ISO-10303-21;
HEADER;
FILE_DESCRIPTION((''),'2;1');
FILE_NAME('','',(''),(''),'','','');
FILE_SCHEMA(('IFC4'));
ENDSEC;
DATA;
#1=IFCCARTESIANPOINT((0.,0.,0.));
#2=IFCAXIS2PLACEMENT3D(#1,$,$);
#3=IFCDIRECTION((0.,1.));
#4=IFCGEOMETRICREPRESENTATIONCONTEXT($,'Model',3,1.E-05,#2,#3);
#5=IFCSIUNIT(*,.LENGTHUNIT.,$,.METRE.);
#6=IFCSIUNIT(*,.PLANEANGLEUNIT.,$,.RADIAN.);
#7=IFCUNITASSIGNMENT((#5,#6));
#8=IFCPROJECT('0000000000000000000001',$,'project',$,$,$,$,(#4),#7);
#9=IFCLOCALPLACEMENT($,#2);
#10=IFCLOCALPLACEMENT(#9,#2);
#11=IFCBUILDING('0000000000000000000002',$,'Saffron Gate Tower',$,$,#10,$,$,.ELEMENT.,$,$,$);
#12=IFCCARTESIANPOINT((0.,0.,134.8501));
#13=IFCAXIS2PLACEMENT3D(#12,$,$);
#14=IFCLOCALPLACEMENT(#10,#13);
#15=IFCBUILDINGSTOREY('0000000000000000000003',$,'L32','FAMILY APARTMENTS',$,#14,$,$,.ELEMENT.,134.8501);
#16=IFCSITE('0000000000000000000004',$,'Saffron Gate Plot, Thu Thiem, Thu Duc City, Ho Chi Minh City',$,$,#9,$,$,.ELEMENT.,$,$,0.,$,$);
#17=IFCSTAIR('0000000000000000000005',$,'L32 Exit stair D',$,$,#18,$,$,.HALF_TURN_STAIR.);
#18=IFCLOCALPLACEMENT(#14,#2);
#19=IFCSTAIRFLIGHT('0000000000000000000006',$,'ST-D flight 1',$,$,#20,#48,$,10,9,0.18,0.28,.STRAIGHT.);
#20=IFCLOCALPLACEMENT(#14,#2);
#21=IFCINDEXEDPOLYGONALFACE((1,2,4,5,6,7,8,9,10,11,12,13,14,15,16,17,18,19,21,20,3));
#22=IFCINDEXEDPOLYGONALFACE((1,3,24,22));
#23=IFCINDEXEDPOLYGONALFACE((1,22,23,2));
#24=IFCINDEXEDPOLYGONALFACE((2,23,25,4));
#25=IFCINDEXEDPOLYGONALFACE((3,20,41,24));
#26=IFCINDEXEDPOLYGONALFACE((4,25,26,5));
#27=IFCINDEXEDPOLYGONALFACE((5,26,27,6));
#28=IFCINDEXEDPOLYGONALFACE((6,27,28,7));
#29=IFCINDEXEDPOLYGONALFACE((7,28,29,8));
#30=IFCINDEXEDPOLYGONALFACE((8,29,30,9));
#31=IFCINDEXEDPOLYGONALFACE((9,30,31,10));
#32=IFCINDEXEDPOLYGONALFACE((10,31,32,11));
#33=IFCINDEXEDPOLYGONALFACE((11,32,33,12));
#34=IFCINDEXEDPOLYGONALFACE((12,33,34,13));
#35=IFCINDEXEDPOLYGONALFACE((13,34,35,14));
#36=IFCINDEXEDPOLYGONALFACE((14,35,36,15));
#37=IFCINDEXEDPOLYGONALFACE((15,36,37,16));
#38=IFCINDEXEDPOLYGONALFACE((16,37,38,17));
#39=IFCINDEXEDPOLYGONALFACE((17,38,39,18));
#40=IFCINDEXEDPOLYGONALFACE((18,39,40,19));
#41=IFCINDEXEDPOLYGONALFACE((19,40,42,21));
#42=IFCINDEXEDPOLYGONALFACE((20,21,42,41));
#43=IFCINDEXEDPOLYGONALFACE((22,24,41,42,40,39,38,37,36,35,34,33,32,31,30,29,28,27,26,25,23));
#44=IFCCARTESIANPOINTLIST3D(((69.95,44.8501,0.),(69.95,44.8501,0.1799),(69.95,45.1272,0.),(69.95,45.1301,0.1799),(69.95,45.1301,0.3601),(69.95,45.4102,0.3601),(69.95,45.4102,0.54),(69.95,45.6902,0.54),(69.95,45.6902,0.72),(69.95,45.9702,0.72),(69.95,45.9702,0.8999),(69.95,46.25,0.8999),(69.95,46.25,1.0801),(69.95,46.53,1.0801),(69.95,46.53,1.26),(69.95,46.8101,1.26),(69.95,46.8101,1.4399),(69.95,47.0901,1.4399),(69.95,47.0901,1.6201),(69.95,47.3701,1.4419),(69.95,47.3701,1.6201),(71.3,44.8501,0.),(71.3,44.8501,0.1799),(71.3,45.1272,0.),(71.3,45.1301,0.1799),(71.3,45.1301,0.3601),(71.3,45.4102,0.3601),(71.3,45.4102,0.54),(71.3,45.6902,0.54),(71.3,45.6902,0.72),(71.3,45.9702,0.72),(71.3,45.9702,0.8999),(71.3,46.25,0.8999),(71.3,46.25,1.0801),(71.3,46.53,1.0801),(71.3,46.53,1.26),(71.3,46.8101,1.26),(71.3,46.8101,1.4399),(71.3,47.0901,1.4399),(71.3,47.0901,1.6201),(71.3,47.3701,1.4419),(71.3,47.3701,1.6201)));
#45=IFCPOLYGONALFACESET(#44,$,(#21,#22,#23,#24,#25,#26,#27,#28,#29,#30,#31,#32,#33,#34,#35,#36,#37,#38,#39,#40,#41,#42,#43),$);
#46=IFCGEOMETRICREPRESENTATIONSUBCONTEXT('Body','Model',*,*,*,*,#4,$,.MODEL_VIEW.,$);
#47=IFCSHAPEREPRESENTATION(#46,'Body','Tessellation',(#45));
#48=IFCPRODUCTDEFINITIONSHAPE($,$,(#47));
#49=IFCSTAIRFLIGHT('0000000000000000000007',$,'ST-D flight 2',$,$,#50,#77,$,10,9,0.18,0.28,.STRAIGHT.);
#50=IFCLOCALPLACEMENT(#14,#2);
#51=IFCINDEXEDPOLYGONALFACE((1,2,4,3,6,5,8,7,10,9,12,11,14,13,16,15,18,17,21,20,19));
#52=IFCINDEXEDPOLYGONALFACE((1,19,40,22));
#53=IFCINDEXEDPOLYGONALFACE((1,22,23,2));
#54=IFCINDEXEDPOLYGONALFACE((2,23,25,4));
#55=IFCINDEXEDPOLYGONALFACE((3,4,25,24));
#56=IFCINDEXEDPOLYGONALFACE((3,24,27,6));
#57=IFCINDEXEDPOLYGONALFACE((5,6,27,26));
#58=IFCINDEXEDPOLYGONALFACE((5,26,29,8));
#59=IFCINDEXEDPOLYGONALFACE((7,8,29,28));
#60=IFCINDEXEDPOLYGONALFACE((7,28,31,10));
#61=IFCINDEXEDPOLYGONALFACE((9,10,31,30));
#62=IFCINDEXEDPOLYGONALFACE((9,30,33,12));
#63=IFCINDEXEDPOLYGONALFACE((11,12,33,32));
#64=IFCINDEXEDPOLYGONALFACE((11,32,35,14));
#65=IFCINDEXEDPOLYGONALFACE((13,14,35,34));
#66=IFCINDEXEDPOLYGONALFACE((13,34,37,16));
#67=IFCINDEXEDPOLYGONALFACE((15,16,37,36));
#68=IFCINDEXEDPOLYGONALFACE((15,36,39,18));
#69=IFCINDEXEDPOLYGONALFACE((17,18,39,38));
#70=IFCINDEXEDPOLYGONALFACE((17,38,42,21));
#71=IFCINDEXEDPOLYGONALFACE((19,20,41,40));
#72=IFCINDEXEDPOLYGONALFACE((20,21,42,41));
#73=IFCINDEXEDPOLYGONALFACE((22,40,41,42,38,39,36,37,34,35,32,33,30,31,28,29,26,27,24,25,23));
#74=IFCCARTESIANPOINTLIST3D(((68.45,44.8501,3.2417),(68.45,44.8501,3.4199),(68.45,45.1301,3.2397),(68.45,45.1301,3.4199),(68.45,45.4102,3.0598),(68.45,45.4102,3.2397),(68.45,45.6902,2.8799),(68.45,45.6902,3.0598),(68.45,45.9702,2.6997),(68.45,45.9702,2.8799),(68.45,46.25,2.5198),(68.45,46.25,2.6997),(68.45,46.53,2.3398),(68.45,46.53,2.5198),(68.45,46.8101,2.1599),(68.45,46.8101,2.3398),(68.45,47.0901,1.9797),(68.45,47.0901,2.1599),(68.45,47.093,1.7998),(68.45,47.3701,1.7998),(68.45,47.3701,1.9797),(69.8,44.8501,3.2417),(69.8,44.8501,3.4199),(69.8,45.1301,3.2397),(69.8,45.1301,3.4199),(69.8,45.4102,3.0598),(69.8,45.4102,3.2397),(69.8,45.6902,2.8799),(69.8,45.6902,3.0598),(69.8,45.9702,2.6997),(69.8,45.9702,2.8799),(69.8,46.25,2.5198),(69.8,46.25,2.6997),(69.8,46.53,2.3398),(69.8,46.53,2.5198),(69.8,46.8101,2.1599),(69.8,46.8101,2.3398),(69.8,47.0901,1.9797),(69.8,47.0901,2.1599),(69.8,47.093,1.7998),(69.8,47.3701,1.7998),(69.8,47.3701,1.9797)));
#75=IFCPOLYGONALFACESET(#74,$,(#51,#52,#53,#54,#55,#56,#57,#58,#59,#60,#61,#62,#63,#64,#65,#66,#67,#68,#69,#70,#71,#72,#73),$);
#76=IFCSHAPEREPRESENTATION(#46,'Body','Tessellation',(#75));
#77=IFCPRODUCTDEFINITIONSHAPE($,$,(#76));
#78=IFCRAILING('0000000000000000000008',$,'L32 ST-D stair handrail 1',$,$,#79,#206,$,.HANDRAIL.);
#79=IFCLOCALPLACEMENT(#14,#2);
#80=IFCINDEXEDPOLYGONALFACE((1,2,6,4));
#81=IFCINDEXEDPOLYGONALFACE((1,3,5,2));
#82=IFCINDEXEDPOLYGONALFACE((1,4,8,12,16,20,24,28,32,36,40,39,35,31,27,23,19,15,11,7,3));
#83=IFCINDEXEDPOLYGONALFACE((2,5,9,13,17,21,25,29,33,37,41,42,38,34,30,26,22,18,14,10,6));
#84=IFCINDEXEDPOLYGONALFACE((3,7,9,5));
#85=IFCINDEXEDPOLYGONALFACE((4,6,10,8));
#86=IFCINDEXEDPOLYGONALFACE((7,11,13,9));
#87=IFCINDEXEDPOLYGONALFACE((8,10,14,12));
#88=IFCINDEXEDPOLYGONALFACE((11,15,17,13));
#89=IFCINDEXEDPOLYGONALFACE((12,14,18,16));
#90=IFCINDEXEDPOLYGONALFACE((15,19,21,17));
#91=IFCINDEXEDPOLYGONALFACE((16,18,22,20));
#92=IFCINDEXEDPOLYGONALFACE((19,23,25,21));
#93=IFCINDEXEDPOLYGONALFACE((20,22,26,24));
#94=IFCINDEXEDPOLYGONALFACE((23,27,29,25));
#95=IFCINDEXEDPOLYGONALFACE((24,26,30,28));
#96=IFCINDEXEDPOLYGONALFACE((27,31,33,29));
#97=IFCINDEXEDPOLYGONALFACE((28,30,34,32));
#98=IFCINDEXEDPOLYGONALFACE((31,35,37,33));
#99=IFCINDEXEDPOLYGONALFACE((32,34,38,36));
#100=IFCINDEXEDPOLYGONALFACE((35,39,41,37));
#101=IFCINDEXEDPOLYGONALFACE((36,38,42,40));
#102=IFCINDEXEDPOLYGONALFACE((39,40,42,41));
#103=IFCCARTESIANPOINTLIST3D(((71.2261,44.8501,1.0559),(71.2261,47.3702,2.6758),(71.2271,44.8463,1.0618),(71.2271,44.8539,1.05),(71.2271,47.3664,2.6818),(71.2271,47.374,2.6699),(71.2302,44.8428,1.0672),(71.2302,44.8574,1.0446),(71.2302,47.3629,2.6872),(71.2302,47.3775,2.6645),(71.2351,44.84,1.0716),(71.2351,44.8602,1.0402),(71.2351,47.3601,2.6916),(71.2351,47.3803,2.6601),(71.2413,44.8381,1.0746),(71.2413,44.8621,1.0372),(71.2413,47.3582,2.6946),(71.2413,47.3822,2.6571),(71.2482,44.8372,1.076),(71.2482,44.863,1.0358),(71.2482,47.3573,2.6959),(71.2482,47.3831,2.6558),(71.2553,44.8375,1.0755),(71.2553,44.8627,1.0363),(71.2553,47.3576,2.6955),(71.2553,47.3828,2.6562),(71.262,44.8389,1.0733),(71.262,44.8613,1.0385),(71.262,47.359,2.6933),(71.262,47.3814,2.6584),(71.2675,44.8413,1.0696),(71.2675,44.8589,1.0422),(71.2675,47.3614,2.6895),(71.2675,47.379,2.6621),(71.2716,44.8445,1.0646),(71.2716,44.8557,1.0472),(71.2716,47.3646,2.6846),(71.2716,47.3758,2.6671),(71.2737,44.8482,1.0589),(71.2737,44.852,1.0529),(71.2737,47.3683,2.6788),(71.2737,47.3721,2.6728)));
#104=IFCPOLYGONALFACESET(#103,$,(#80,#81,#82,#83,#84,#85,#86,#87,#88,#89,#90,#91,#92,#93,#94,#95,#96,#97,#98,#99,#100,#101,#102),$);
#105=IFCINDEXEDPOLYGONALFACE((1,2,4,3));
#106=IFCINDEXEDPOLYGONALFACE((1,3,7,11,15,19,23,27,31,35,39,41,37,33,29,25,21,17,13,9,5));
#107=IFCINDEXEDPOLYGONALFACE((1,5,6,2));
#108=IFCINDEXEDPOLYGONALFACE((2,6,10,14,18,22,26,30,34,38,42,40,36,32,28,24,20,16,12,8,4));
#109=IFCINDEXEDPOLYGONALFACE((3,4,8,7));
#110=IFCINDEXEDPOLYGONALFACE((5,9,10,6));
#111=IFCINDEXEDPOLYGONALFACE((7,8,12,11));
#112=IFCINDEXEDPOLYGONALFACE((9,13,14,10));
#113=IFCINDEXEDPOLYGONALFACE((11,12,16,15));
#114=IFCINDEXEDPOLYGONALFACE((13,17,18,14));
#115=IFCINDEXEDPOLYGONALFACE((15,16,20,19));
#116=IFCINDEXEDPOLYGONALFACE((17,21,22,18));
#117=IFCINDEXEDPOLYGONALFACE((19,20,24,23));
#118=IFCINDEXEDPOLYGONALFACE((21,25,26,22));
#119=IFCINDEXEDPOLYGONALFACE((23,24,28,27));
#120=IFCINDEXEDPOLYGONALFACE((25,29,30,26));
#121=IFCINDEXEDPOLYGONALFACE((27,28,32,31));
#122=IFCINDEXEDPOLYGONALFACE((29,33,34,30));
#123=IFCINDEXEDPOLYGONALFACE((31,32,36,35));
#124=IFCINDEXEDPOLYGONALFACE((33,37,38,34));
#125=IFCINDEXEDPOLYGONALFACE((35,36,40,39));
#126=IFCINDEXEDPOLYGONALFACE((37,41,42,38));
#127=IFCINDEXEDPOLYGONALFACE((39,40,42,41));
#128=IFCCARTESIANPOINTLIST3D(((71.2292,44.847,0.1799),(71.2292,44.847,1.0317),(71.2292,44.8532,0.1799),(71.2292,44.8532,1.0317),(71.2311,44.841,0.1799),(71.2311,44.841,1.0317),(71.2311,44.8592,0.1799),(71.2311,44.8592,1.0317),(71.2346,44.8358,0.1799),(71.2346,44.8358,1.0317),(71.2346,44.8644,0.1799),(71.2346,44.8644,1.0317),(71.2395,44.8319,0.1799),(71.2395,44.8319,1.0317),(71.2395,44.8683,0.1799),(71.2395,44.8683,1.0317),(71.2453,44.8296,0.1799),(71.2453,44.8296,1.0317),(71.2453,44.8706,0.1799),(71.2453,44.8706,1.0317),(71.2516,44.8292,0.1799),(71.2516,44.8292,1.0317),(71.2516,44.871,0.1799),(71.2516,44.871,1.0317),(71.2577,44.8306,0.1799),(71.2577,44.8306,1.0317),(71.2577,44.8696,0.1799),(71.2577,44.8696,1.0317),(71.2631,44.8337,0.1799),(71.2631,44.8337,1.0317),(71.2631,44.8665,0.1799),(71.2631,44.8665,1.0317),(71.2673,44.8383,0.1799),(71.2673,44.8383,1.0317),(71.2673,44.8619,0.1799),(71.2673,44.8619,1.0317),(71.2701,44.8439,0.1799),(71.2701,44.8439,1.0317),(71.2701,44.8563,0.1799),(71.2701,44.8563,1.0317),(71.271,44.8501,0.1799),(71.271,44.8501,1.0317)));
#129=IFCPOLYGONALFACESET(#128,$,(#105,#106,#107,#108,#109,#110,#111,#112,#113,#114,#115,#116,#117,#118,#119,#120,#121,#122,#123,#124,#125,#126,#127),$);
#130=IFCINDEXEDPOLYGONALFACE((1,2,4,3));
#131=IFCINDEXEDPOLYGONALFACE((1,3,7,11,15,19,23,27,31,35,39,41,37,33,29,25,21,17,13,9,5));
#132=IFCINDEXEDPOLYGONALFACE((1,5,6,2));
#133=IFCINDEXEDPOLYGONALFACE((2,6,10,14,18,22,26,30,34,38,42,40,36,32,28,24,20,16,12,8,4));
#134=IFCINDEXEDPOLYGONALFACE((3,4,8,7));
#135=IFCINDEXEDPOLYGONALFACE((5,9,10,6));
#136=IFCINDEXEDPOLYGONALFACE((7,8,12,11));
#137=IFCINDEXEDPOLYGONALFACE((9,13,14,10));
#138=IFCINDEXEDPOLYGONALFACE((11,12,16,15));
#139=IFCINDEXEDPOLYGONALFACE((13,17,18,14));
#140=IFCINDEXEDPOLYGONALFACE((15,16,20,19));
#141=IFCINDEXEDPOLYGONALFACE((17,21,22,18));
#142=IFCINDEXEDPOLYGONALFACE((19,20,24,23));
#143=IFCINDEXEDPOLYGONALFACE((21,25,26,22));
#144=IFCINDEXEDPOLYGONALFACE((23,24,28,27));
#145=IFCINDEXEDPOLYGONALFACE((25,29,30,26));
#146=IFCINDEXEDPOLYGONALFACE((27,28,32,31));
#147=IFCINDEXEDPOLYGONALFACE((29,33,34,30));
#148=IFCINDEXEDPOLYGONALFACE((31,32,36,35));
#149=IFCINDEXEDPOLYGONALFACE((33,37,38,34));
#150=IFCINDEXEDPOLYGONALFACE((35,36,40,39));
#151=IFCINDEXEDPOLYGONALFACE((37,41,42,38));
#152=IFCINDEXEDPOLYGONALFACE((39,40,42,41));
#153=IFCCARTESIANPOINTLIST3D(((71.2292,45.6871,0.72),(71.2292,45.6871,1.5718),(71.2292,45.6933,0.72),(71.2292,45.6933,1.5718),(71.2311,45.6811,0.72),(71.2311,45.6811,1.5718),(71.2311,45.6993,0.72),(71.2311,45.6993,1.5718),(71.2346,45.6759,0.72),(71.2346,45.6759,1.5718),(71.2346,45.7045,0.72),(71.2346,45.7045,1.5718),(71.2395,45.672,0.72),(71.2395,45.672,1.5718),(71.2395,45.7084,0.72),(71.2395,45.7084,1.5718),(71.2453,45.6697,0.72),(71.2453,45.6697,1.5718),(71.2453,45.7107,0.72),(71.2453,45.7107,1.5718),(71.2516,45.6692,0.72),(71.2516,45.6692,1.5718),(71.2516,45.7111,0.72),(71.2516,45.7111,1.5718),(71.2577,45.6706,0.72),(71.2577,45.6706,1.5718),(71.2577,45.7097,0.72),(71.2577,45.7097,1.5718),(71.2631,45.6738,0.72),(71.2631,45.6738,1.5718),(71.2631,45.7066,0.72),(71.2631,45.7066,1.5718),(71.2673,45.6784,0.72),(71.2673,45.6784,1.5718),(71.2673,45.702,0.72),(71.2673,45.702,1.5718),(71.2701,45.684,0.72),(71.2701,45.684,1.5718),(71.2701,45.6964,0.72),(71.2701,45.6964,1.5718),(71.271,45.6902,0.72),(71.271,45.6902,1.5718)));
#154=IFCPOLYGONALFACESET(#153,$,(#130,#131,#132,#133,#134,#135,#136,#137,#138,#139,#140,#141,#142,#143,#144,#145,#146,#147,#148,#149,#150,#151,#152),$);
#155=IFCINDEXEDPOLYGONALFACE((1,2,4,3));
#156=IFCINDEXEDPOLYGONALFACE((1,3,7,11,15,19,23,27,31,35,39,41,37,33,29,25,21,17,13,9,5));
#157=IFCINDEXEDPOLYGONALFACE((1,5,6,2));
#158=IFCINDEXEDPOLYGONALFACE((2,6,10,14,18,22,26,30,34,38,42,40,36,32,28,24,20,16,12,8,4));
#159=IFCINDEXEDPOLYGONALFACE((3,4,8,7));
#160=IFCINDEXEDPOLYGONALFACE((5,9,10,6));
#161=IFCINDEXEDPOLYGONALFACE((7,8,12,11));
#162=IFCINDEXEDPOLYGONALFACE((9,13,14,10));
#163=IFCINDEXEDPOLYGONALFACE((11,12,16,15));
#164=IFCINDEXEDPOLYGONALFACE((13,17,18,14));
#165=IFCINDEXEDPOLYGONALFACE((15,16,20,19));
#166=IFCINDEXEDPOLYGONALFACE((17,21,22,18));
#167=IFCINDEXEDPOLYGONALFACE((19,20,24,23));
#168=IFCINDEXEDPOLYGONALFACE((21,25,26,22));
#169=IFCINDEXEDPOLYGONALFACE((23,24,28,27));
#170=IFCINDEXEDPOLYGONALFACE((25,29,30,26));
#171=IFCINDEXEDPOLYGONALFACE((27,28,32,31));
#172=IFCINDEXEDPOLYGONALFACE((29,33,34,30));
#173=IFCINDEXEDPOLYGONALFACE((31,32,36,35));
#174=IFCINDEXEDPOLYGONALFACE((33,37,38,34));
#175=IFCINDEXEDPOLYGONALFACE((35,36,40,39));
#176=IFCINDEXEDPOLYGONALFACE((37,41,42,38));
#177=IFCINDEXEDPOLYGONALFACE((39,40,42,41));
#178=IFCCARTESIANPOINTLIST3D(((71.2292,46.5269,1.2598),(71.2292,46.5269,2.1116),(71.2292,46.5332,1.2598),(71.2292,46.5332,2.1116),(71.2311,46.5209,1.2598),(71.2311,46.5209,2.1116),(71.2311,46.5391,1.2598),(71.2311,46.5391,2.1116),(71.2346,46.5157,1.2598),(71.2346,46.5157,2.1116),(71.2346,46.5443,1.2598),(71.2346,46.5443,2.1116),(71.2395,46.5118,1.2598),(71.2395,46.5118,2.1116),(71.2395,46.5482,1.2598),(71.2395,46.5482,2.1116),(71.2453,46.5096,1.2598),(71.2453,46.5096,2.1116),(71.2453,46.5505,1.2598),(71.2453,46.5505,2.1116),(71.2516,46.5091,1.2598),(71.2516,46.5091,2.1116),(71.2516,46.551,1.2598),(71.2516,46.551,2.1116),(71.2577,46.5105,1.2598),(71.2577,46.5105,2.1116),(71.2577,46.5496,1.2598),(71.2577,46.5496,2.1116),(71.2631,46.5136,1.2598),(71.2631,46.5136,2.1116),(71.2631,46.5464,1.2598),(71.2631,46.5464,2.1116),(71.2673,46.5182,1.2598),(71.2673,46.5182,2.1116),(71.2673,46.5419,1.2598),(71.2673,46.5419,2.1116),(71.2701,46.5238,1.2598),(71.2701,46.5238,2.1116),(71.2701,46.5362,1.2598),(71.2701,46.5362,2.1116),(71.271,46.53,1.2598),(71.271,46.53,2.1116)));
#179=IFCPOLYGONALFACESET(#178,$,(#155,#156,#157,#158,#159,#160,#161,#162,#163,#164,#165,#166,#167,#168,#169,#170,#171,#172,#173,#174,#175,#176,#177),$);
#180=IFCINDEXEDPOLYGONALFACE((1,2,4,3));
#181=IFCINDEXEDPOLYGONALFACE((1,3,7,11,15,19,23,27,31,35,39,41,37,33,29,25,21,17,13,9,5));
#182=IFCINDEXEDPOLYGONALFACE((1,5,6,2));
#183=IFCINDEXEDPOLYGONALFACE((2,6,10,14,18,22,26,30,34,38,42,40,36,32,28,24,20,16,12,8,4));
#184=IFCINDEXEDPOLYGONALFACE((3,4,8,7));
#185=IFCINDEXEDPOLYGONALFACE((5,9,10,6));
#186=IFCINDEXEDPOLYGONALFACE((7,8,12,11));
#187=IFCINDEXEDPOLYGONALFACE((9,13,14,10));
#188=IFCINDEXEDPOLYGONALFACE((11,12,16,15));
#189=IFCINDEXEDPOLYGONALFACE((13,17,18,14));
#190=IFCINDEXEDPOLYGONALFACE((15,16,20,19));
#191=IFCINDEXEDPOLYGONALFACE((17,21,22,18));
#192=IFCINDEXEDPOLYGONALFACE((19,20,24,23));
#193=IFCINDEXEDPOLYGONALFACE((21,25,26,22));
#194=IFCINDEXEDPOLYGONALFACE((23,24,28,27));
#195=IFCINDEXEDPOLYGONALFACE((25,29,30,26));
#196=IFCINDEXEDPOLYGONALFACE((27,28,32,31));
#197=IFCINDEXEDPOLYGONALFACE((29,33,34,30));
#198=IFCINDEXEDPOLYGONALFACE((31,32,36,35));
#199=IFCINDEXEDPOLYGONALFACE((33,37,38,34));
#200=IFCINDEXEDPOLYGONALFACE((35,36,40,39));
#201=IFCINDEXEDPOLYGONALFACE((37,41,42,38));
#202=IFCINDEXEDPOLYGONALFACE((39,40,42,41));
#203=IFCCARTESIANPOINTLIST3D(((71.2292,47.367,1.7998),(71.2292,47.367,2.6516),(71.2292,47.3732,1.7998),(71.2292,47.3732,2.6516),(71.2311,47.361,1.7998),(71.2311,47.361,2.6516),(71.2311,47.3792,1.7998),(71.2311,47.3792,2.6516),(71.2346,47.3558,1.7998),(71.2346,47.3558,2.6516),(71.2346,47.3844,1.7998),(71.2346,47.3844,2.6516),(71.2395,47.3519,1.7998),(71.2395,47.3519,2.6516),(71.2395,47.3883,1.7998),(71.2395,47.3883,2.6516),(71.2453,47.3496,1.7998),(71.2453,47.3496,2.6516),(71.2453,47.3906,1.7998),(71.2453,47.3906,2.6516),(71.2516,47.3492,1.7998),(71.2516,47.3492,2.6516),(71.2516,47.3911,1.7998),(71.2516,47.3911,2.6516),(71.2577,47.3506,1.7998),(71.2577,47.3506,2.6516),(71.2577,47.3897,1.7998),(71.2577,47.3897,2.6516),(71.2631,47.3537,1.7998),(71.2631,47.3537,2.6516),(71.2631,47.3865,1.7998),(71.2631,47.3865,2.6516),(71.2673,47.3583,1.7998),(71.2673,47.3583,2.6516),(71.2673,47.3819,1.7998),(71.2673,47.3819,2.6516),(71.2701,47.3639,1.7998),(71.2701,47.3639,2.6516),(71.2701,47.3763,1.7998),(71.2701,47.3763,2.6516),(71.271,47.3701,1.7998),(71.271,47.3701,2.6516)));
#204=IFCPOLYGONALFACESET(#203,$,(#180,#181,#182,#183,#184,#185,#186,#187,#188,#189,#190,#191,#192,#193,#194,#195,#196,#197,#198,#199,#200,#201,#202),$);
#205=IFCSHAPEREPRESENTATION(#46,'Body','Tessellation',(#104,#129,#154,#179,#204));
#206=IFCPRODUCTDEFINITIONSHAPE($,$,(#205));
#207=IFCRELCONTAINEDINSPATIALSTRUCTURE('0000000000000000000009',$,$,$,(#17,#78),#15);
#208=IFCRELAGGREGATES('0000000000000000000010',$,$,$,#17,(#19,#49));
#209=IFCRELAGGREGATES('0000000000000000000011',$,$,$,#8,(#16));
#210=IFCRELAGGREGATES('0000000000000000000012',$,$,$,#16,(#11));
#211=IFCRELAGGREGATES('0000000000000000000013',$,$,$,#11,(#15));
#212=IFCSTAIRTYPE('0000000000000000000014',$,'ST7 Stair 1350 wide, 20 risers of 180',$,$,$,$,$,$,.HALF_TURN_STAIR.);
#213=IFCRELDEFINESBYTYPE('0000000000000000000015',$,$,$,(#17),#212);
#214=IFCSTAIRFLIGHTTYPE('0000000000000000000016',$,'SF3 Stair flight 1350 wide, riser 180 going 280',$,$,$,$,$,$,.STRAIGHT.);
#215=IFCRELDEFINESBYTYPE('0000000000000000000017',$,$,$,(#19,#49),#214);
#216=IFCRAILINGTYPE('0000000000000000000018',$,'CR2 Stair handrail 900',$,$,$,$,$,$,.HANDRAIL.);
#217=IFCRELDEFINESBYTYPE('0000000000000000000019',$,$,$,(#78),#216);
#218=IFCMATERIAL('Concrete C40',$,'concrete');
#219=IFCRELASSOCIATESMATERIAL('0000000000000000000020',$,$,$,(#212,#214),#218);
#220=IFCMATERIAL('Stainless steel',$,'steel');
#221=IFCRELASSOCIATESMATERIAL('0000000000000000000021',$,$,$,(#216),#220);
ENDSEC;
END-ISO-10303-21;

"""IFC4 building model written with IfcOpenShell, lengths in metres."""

from ifc_helpers import new_model, si_unit, direction, frame, origin, origin_2d, place, context, subcontext, project, spatial, polyline, circle, outline, extrude, material, type_object, element, aggregate, save


model = new_model("IFC4")

# Units and contexts
model_context = context("Model", 3, precision=1e-05, world=origin(), true_north=direction((0.0, 1.0)))
body_context = subcontext(model_context, "Body", "Model", "MODEL_VIEW")
ifc_project = project(units=[si_unit("LENGTHUNIT", "METRE"), si_unit("PLANEANGLEUNIT", "RADIAN")], contexts=[model_context])

# Site, building, storey
site_placement = place(None, origin())
site = spatial("IfcSite", under=ifc_project, at=site_placement, Name="Saffron Gate Plot, Thu Thiem, Thu Duc City, Ho Chi Minh City", CompositionType="ELEMENT", RefElevation=0.0)
building_placement = place(site_placement, origin())
building = spatial("IfcBuilding", under=site, at=building_placement, Name="Saffron Gate Tower", CompositionType="ELEMENT")
storey_placement = place(building_placement, frame((0.0, 0.0, 134.8501)))
storey = spatial("IfcBuildingStorey", under=building, at=storey_placement, Name="L32", Description="FAMILY APARTMENTS", CompositionType="ELEMENT", Elevation=134.8501)

# Stair, stair flights
ifc_material_1 = material(Name="Concrete C40", Category="concrete")
stair_type = type_object("IfcStairType", Name="ST7 Stair 1350 wide, 20 risers of 180", PredefinedType="HALF_TURN_STAIR", material=ifc_material_1)
stair_placement = place(storey_placement, origin())
stair = element("IfcStair", 1, at=stair_placement, inside=storey, type_object=stair_type, Name="L32 Exit stair D", PredefinedType="HALF_TURN_STAIR")
stair_flight_type = type_object("IfcStairFlightType", Name="SF3 Stair flight 1350 wide, riser 180 going 280", PredefinedType="STRAIGHT", material=ifc_material_1)
stair_flight_1_placement = place(storey_placement, frame((70.625, 44.8501, 0.0), z_axis=(0.0, 0.0, 1.0), x_axis=(0.0, 1.0, 0.0)))
stair_flight_1 = element("IfcStairFlight", 2, at=stair_flight_1_placement, type_object=stair_flight_type, Name="ST-D flight 1", NumberOfRisers=10, NumberOfTreads=9, PredefinedType="STRAIGHT", RiserHeight=0.18, TreadLength=0.28, context=body_context, shape_type="SweptSolid", body=[
    extrude(outline(polyline([(0.0, 0.0), (0.0, 0.1799), (0.28, 0.1799), (0.28, 0.3601), (0.5601, 0.3601), (0.5601, 0.54), (0.8401, 0.54), (0.8401, 0.72), (1.1201, 0.72), (1.1201, 0.8999), (1.3999, 0.8999), (1.3999, 1.0801), (1.6799, 1.0801), (1.6799, 1.26), (1.96, 1.26), (1.96, 1.4399), (2.24, 1.4399), (2.24, 1.6201), (2.52, 1.6201), (2.52, 1.8), (2.52, 1.4419), (0.2771, 0.0), (0.0, 0.0)])), frame((0.0, 0.675, 0.0), z_axis=(0.0, -1.0, 0.0), x_axis=(1.0, 0.0, 0.0)), (0.0, 0.0, 1.0), 1.3501),
])
stair_flight_2_placement = place(storey_placement, frame((69.125, 47.3701, 1.7998), z_axis=(0.0, 0.0, 1.0), x_axis=(0.0, -1.0, 0.0)))
stair_flight_2 = element("IfcStairFlight", 3, at=stair_flight_2_placement, type_object=stair_flight_type, Name="ST-D flight 2", NumberOfRisers=10, NumberOfTreads=9, PredefinedType="STRAIGHT", RiserHeight=0.18, TreadLength=0.28, context=body_context, shape_type="SweptSolid", body=[
    extrude(outline(polyline([(0.0, 0.0), (0.0, 0.1799), (0.28, 0.1799), (0.28, 0.3601), (0.5601, 0.3601), (0.5601, 0.54), (0.8401, 0.54), (0.8401, 0.72), (1.1201, 0.72), (1.1201, 0.8999), (1.3999, 0.8999), (1.3999, 1.0801), (1.6799, 1.0801), (1.6799, 1.26), (1.96, 1.26), (1.96, 1.4399), (2.24, 1.4399), (2.24, 1.6201), (2.52, 1.6201), (2.52, 1.8), (2.52, 1.4419), (0.2771, 0.0), (0.0, 0.0)])), frame((0.0, 0.675, 0.0), z_axis=(0.0, -1.0, 0.0), x_axis=(1.0, 0.0, 0.0)), (0.0, 0.0, 1.0), 1.3501),
])
aggregate(stair, [stair_flight_1, stair_flight_2])

# Railing
ifc_material_2 = material(Name="Stainless steel", Category="steel")
railing_type_1 = type_object("IfcRailingType", Name="CR2 Stair handrail 900", PredefinedType="HANDRAIL", material=ifc_material_2)
railing_1_placement = place(storey_placement, frame((71.25, 44.8501, 0.1799)))
element("IfcRailing", 4, at=railing_1_placement, inside=storey, type_object=railing_type_1, Name="L32 ST-D stair handrail 1", PredefinedType="HANDRAIL", context=body_context, shape_type="SweptSolid", body=[
    extrude(circle(Radius=0.0239, at=origin_2d()), frame((0.0, 0.0, 0.876), z_axis=(0.0, 0.8412, 0.540725), x_axis=(-1.0, 0.0, 0.0)), (0.0, 0.0, 1.0), 2.9958),
    extrude(circle(Radius=0.021, at=origin_2d()), origin(), (0.0, 0.0, 1.0), 0.8518),
    extrude(circle(Radius=0.021, at=origin_2d()), frame((0.0, 0.8401, 0.54)), (0.0, 0.0, 1.0), 0.8518),
    extrude(circle(Radius=0.021, at=origin_2d()), frame((0.0, 1.6799, 1.0798)), (0.0, 0.0, 1.0), 0.8518),
    extrude(circle(Radius=0.021, at=origin_2d()), frame((0.0, 2.52, 1.6199)), (0.0, 0.0, 1.0), 0.8518),
])

save(model, "model.ifc")
